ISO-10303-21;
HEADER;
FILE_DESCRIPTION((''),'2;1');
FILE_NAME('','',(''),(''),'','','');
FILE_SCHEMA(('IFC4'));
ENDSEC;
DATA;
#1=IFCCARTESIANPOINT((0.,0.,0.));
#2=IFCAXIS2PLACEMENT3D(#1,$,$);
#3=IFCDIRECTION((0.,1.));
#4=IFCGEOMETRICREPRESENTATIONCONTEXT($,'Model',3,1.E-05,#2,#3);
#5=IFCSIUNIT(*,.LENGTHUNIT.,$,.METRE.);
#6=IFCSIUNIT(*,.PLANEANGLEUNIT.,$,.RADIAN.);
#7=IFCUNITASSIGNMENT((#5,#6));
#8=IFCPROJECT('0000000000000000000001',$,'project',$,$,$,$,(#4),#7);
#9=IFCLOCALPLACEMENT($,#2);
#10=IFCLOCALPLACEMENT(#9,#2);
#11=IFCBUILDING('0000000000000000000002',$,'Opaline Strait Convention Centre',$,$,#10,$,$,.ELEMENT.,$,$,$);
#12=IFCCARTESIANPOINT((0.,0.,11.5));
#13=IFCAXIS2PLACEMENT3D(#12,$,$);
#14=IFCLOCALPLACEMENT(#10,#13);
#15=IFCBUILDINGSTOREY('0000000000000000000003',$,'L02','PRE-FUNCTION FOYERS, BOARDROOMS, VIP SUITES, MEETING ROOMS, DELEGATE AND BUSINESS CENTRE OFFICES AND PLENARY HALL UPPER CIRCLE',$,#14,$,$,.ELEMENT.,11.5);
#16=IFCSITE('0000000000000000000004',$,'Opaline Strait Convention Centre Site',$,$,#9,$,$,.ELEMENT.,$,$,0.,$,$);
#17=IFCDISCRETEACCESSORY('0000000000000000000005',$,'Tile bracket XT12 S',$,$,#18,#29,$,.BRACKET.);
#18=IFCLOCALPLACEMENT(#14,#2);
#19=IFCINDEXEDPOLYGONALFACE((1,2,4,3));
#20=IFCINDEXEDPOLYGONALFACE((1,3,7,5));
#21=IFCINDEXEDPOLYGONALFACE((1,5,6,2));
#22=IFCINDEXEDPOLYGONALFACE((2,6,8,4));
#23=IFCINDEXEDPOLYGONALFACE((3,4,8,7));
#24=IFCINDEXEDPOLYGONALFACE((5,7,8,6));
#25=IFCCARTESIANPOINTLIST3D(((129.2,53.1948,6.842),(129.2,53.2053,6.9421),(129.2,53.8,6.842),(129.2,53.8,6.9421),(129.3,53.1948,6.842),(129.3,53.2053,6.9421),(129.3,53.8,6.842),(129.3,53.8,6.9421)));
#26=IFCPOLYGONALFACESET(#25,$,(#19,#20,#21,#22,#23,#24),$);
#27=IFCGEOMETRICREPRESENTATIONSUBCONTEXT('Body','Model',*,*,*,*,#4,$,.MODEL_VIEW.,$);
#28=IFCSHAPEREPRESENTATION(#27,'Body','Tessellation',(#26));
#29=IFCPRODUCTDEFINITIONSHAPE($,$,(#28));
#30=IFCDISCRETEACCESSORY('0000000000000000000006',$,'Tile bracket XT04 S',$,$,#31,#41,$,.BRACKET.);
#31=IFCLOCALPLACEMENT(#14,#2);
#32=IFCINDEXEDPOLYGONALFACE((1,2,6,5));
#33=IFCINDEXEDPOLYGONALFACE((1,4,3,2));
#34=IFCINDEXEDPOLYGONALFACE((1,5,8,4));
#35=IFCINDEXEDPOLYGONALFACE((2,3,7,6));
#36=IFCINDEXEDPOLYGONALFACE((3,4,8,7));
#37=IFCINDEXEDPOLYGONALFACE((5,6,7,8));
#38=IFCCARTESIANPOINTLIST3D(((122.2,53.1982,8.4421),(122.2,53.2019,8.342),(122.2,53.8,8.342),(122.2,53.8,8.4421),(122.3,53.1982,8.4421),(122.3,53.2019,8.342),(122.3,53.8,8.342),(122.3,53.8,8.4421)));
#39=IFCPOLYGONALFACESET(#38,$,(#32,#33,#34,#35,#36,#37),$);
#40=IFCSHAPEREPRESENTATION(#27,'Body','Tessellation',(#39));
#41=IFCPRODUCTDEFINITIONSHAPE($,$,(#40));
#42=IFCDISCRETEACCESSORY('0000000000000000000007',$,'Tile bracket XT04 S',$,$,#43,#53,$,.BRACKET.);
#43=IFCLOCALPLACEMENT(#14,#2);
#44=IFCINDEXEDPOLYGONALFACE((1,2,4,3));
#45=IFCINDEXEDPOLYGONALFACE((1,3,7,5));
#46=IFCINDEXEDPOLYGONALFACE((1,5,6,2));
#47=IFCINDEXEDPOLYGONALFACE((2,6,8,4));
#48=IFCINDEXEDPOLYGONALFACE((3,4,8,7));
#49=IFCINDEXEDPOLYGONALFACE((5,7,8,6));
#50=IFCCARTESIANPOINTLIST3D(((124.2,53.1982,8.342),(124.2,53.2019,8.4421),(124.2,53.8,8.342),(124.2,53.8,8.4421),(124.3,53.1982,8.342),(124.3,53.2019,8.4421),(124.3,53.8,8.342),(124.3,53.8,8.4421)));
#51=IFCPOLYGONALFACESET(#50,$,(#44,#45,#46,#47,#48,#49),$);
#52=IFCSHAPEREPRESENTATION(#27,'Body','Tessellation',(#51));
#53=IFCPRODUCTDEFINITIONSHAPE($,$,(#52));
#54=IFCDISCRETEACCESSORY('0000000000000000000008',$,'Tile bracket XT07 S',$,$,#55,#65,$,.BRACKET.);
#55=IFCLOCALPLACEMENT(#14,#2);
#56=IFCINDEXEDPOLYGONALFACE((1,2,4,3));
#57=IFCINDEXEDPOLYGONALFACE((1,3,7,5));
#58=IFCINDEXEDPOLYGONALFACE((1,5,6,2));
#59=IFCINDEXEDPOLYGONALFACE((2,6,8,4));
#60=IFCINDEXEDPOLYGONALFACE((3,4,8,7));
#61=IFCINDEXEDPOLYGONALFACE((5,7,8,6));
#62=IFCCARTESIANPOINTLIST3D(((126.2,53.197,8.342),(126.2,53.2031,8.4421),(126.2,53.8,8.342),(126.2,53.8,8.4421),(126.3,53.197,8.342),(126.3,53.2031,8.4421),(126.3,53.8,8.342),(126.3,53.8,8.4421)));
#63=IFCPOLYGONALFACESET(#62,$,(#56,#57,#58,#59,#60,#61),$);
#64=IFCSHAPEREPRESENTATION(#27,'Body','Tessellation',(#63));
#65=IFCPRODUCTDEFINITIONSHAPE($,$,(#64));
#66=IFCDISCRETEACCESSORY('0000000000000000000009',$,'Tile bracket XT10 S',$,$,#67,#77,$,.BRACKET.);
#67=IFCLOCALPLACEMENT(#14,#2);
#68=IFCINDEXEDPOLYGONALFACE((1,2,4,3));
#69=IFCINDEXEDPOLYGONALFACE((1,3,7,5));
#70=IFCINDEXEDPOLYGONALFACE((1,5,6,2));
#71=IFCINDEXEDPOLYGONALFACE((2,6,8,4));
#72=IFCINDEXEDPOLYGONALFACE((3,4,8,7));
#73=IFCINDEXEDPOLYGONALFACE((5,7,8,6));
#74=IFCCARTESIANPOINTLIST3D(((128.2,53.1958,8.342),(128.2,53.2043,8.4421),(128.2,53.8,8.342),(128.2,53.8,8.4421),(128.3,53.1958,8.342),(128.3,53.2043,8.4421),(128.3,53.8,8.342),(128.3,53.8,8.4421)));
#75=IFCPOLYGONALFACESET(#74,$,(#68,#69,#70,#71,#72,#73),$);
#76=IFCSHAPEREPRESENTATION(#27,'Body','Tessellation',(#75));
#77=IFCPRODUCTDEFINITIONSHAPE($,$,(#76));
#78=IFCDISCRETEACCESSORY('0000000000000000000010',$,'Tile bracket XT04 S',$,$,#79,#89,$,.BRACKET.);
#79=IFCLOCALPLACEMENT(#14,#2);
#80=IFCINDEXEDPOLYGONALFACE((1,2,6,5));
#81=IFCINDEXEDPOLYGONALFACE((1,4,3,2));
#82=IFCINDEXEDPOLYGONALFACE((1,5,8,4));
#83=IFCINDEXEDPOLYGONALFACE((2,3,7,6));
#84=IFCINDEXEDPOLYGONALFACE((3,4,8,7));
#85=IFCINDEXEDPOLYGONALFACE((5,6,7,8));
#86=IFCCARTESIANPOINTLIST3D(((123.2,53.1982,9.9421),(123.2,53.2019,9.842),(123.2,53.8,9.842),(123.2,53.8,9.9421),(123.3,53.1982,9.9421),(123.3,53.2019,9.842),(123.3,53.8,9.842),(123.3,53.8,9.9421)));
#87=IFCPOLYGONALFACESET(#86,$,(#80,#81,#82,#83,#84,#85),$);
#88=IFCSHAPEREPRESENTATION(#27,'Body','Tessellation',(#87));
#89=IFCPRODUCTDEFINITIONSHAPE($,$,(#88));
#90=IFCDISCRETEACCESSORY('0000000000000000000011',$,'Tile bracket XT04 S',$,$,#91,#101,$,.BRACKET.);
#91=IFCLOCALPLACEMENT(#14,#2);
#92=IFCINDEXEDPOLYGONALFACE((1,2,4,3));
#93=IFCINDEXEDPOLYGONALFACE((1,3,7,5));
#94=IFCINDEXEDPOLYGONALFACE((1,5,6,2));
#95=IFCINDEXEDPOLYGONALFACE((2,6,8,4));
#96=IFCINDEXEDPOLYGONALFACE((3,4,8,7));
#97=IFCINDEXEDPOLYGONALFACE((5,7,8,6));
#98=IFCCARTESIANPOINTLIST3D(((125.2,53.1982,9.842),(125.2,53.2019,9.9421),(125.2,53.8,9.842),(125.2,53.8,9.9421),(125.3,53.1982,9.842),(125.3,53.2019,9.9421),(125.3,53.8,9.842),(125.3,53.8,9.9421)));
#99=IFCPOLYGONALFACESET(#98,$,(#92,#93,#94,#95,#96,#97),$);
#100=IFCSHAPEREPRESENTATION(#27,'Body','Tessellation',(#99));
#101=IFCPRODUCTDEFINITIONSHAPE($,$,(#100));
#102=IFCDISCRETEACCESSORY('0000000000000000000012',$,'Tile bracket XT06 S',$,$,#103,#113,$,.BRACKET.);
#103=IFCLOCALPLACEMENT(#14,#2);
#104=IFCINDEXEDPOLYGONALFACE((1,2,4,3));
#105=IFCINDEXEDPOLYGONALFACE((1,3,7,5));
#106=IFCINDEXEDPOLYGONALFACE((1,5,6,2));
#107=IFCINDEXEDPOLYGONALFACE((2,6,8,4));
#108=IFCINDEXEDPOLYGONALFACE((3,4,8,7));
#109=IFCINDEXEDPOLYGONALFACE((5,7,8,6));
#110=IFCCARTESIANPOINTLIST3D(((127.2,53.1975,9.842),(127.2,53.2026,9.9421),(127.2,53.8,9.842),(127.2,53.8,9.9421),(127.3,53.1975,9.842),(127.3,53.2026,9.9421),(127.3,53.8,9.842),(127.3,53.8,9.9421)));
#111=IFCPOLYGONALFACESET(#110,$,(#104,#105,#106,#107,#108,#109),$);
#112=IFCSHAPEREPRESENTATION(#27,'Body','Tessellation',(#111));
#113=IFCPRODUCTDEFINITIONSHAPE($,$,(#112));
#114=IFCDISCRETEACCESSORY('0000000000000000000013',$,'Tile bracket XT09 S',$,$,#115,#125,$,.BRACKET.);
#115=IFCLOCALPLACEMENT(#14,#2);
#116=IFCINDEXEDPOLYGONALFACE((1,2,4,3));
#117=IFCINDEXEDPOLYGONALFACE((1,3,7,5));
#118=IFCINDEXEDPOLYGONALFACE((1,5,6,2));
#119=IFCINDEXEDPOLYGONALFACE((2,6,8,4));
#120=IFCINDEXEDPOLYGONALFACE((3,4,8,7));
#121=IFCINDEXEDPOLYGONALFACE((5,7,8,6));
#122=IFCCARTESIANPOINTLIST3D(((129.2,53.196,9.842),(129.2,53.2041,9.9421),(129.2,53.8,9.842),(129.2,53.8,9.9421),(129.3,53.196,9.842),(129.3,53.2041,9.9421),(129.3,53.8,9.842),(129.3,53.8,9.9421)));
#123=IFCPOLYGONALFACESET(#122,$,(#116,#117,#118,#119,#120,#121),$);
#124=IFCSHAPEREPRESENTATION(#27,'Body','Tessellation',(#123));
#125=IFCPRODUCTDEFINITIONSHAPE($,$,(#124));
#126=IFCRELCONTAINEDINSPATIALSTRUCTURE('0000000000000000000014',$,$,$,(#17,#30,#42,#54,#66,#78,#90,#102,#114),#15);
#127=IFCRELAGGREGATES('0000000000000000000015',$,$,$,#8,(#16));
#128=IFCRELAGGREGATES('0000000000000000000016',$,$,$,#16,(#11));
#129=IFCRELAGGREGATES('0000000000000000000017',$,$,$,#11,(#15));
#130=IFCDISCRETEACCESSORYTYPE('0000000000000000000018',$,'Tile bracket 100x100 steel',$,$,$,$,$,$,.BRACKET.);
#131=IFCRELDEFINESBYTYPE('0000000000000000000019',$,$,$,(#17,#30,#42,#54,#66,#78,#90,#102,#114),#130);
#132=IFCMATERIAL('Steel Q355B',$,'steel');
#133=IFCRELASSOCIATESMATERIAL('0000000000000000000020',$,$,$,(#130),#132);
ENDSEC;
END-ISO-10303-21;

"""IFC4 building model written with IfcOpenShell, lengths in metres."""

from ifc_helpers import new_model, si_unit, direction, frame, origin, place, context, subcontext, project, spatial, polyline, outline, extrude, material, type_object, element, save


model = new_model("IFC4")

# Units and contexts
model_context = context("Model", 3, precision=1e-05, world=origin(), true_north=direction((0.0, 1.0)))
body_context = subcontext(model_context, "Body", "Model", "MODEL_VIEW")
ifc_project = project(units=[si_unit("LENGTHUNIT", "METRE"), si_unit("PLANEANGLEUNIT", "RADIAN")], contexts=[model_context])

# Site, building, storey
site_placement = place(None, origin())
site = spatial("IfcSite", under=ifc_project, at=site_placement, Name="Opaline Strait Convention Centre Site", CompositionType="ELEMENT", RefElevation=0.0)
building_placement = place(site_placement, origin())
building = spatial("IfcBuilding", under=site, at=building_placement, Name="Opaline Strait Convention Centre", CompositionType="ELEMENT")
storey_placement = place(building_placement, frame((0.0, 0.0, 11.5)))
storey = spatial("IfcBuildingStorey", under=building, at=storey_placement, Name="L02", Description="PRE-FUNCTION FOYERS, BOARDROOMS, VIP SUITES, MEETING ROOMS, DELEGATE AND BUSINESS CENTRE OFFICES AND PLENARY HALL UPPER CIRCLE", CompositionType="ELEMENT", Elevation=11.5)

# Shared definitions
ifc_material_1 = material(Name="Steel Q355B", Category="steel")

# Discrete accessories
discrete_accessory_type = type_object("IfcDiscreteAccessoryType", Name="Tile bracket 100x100 steel", PredefinedType="BRACKET", material=ifc_material_1)
discrete_accessory_1_placement = place(storey_placement, frame((129.2, 53.8, 6.8921), z_axis=(1.0, 0.0, 0.0), x_axis=(0.0, 1.0, 0.0)))
element("IfcDiscreteAccessory", 1, at=discrete_accessory_1_placement, inside=storey, type_object=discrete_accessory_type, Name="Tile bracket XT12 S", PredefinedType="BRACKET", context=body_context, shape_type="SweptSolid", body=[
    extrude(outline(polyline([(0.0, -0.05), (0.0, 0.05), (-0.5947, 0.05), (-0.6052, -0.05), (0.0, -0.05)])), origin(), (0.0, 0.0, 1.0), 0.1001),
])
discrete_accessory_2_placement = place(storey_placement, frame((122.2, 53.8, 8.3921), z_axis=(1.0, 0.0, 0.0), x_axis=(0.0, 1.0, 0.0)))
element("IfcDiscreteAccessory", 2, at=discrete_accessory_2_placement, inside=storey, type_object=discrete_accessory_type, Name="Tile bracket XT04 S", PredefinedType="BRACKET", context=body_context, shape_type="SweptSolid", body=[
    extrude(outline(polyline([(0.0, -0.05), (0.0, 0.05), (-0.6018, 0.05), (-0.5981, -0.05), (0.0, -0.05)])), origin(), (0.0, 0.0, 1.0), 0.1001),
])
discrete_accessory_3_placement = place(storey_placement, frame((124.2, 53.8, 8.3921), z_axis=(1.0, 0.0, 0.0), x_axis=(0.0, 1.0, 0.0)))
element("IfcDiscreteAccessory", 3, at=discrete_accessory_3_placement, inside=storey, type_object=discrete_accessory_type, Name="Tile bracket XT04 S", PredefinedType="BRACKET", context=body_context, shape_type="SweptSolid", body=[
    extrude(outline(polyline([(0.0, -0.05), (0.0, 0.05), (-0.5981, 0.05), (-0.6018, -0.05), (0.0, -0.05)])), origin(), (0.0, 0.0, 1.0), 0.1001),
])
discrete_accessory_4_placement = place(storey_placement, frame((126.2, 53.8, 8.3921), z_axis=(1.0, 0.0, 0.0), x_axis=(0.0, 1.0, 0.0)))
element("IfcDiscreteAccessory", 4, at=discrete_accessory_4_placement, inside=storey, type_object=discrete_accessory_type, Name="Tile bracket XT07 S", PredefinedType="BRACKET", context=body_context, shape_type="SweptSolid", body=[
    extrude(outline(polyline([(0.0, -0.05), (0.0, 0.05), (-0.5969, 0.05), (-0.603, -0.05), (0.0, -0.05)])), origin(), (0.0, 0.0, 1.0), 0.1001),
])
discrete_accessory_5_placement = place(storey_placement, frame((128.2, 53.8, 8.3921), z_axis=(1.0, 0.0, 0.0), x_axis=(0.0, 1.0, 0.0)))
element("IfcDiscreteAccessory", 5, at=discrete_accessory_5_placement, inside=storey, type_object=discrete_accessory_type, Name="Tile bracket XT10 S", PredefinedType="BRACKET", context=body_context, shape_type="SweptSolid", body=[
    extrude(outline(polyline([(0.0, -0.05), (0.0, 0.05), (-0.5957, 0.05), (-0.6042, -0.05), (0.0, -0.05)])), origin(), (0.0, 0.0, 1.0), 0.1001),
])
discrete_accessory_6_placement = place(storey_placement, frame((123.2, 53.8, 9.8921), z_axis=(1.0, 0.0, 0.0), x_axis=(0.0, 1.0, 0.0)))
element("IfcDiscreteAccessory", 6, at=discrete_accessory_6_placement, inside=storey, type_object=discrete_accessory_type, Name="Tile bracket XT04 S", PredefinedType="BRACKET", context=body_context, shape_type="SweptSolid", body=[
    extrude(outline(polyline([(0.0, -0.05), (0.0, 0.05), (-0.6018, 0.05), (-0.5981, -0.05), (0.0, -0.05)])), origin(), (0.0, 0.0, 1.0), 0.1001),
])
discrete_accessory_7_placement = place(storey_placement, frame((125.2, 53.8, 9.8921), z_axis=(1.0, 0.0, 0.0), x_axis=(0.0, 1.0, 0.0)))
element("IfcDiscreteAccessory", 7, at=discrete_accessory_7_placement, inside=storey, type_object=discrete_accessory_type, Name="Tile bracket XT04 S", PredefinedType="BRACKET", context=body_context, shape_type="SweptSolid", body=[
    extrude(outline(polyline([(0.0, -0.05), (0.0, 0.05), (-0.5981, 0.05), (-0.6018, -0.05), (0.0, -0.05)])), origin(), (0.0, 0.0, 1.0), 0.1001),
])
discrete_accessory_8_placement = place(storey_placement, frame((127.2, 53.8, 9.8921), z_axis=(1.0, 0.0, 0.0), x_axis=(0.0, 1.0, 0.0)))
element("IfcDiscreteAccessory", 8, at=discrete_accessory_8_placement, inside=storey, type_object=discrete_accessory_type, Name="Tile bracket XT06 S", PredefinedType="BRACKET", context=body_context, shape_type="SweptSolid", body=[
    extrude(outline(polyline([(0.0, -0.05), (0.0, 0.05), (-0.5974, 0.05), (-0.6025, -0.05), (0.0, -0.05)])), origin(), (0.0, 0.0, 1.0), 0.1001),
])
discrete_accessory_9_placement = place(storey_placement, frame((129.2, 53.8, 9.8921), z_axis=(1.0, 0.0, 0.0), x_axis=(0.0, 1.0, 0.0)))
element("IfcDiscreteAccessory", 9, at=discrete_accessory_9_placement, inside=storey, type_object=discrete_accessory_type, Name="Tile bracket XT09 S", PredefinedType="BRACKET", context=body_context, shape_type="SweptSolid", body=[
    extrude(outline(polyline([(0.0, -0.05), (0.0, 0.05), (-0.5959, 0.05), (-0.604, -0.05), (0.0, -0.05)])), origin(), (0.0, 0.0, 1.0), 0.1001),
])

save(model, "model.ifc")
